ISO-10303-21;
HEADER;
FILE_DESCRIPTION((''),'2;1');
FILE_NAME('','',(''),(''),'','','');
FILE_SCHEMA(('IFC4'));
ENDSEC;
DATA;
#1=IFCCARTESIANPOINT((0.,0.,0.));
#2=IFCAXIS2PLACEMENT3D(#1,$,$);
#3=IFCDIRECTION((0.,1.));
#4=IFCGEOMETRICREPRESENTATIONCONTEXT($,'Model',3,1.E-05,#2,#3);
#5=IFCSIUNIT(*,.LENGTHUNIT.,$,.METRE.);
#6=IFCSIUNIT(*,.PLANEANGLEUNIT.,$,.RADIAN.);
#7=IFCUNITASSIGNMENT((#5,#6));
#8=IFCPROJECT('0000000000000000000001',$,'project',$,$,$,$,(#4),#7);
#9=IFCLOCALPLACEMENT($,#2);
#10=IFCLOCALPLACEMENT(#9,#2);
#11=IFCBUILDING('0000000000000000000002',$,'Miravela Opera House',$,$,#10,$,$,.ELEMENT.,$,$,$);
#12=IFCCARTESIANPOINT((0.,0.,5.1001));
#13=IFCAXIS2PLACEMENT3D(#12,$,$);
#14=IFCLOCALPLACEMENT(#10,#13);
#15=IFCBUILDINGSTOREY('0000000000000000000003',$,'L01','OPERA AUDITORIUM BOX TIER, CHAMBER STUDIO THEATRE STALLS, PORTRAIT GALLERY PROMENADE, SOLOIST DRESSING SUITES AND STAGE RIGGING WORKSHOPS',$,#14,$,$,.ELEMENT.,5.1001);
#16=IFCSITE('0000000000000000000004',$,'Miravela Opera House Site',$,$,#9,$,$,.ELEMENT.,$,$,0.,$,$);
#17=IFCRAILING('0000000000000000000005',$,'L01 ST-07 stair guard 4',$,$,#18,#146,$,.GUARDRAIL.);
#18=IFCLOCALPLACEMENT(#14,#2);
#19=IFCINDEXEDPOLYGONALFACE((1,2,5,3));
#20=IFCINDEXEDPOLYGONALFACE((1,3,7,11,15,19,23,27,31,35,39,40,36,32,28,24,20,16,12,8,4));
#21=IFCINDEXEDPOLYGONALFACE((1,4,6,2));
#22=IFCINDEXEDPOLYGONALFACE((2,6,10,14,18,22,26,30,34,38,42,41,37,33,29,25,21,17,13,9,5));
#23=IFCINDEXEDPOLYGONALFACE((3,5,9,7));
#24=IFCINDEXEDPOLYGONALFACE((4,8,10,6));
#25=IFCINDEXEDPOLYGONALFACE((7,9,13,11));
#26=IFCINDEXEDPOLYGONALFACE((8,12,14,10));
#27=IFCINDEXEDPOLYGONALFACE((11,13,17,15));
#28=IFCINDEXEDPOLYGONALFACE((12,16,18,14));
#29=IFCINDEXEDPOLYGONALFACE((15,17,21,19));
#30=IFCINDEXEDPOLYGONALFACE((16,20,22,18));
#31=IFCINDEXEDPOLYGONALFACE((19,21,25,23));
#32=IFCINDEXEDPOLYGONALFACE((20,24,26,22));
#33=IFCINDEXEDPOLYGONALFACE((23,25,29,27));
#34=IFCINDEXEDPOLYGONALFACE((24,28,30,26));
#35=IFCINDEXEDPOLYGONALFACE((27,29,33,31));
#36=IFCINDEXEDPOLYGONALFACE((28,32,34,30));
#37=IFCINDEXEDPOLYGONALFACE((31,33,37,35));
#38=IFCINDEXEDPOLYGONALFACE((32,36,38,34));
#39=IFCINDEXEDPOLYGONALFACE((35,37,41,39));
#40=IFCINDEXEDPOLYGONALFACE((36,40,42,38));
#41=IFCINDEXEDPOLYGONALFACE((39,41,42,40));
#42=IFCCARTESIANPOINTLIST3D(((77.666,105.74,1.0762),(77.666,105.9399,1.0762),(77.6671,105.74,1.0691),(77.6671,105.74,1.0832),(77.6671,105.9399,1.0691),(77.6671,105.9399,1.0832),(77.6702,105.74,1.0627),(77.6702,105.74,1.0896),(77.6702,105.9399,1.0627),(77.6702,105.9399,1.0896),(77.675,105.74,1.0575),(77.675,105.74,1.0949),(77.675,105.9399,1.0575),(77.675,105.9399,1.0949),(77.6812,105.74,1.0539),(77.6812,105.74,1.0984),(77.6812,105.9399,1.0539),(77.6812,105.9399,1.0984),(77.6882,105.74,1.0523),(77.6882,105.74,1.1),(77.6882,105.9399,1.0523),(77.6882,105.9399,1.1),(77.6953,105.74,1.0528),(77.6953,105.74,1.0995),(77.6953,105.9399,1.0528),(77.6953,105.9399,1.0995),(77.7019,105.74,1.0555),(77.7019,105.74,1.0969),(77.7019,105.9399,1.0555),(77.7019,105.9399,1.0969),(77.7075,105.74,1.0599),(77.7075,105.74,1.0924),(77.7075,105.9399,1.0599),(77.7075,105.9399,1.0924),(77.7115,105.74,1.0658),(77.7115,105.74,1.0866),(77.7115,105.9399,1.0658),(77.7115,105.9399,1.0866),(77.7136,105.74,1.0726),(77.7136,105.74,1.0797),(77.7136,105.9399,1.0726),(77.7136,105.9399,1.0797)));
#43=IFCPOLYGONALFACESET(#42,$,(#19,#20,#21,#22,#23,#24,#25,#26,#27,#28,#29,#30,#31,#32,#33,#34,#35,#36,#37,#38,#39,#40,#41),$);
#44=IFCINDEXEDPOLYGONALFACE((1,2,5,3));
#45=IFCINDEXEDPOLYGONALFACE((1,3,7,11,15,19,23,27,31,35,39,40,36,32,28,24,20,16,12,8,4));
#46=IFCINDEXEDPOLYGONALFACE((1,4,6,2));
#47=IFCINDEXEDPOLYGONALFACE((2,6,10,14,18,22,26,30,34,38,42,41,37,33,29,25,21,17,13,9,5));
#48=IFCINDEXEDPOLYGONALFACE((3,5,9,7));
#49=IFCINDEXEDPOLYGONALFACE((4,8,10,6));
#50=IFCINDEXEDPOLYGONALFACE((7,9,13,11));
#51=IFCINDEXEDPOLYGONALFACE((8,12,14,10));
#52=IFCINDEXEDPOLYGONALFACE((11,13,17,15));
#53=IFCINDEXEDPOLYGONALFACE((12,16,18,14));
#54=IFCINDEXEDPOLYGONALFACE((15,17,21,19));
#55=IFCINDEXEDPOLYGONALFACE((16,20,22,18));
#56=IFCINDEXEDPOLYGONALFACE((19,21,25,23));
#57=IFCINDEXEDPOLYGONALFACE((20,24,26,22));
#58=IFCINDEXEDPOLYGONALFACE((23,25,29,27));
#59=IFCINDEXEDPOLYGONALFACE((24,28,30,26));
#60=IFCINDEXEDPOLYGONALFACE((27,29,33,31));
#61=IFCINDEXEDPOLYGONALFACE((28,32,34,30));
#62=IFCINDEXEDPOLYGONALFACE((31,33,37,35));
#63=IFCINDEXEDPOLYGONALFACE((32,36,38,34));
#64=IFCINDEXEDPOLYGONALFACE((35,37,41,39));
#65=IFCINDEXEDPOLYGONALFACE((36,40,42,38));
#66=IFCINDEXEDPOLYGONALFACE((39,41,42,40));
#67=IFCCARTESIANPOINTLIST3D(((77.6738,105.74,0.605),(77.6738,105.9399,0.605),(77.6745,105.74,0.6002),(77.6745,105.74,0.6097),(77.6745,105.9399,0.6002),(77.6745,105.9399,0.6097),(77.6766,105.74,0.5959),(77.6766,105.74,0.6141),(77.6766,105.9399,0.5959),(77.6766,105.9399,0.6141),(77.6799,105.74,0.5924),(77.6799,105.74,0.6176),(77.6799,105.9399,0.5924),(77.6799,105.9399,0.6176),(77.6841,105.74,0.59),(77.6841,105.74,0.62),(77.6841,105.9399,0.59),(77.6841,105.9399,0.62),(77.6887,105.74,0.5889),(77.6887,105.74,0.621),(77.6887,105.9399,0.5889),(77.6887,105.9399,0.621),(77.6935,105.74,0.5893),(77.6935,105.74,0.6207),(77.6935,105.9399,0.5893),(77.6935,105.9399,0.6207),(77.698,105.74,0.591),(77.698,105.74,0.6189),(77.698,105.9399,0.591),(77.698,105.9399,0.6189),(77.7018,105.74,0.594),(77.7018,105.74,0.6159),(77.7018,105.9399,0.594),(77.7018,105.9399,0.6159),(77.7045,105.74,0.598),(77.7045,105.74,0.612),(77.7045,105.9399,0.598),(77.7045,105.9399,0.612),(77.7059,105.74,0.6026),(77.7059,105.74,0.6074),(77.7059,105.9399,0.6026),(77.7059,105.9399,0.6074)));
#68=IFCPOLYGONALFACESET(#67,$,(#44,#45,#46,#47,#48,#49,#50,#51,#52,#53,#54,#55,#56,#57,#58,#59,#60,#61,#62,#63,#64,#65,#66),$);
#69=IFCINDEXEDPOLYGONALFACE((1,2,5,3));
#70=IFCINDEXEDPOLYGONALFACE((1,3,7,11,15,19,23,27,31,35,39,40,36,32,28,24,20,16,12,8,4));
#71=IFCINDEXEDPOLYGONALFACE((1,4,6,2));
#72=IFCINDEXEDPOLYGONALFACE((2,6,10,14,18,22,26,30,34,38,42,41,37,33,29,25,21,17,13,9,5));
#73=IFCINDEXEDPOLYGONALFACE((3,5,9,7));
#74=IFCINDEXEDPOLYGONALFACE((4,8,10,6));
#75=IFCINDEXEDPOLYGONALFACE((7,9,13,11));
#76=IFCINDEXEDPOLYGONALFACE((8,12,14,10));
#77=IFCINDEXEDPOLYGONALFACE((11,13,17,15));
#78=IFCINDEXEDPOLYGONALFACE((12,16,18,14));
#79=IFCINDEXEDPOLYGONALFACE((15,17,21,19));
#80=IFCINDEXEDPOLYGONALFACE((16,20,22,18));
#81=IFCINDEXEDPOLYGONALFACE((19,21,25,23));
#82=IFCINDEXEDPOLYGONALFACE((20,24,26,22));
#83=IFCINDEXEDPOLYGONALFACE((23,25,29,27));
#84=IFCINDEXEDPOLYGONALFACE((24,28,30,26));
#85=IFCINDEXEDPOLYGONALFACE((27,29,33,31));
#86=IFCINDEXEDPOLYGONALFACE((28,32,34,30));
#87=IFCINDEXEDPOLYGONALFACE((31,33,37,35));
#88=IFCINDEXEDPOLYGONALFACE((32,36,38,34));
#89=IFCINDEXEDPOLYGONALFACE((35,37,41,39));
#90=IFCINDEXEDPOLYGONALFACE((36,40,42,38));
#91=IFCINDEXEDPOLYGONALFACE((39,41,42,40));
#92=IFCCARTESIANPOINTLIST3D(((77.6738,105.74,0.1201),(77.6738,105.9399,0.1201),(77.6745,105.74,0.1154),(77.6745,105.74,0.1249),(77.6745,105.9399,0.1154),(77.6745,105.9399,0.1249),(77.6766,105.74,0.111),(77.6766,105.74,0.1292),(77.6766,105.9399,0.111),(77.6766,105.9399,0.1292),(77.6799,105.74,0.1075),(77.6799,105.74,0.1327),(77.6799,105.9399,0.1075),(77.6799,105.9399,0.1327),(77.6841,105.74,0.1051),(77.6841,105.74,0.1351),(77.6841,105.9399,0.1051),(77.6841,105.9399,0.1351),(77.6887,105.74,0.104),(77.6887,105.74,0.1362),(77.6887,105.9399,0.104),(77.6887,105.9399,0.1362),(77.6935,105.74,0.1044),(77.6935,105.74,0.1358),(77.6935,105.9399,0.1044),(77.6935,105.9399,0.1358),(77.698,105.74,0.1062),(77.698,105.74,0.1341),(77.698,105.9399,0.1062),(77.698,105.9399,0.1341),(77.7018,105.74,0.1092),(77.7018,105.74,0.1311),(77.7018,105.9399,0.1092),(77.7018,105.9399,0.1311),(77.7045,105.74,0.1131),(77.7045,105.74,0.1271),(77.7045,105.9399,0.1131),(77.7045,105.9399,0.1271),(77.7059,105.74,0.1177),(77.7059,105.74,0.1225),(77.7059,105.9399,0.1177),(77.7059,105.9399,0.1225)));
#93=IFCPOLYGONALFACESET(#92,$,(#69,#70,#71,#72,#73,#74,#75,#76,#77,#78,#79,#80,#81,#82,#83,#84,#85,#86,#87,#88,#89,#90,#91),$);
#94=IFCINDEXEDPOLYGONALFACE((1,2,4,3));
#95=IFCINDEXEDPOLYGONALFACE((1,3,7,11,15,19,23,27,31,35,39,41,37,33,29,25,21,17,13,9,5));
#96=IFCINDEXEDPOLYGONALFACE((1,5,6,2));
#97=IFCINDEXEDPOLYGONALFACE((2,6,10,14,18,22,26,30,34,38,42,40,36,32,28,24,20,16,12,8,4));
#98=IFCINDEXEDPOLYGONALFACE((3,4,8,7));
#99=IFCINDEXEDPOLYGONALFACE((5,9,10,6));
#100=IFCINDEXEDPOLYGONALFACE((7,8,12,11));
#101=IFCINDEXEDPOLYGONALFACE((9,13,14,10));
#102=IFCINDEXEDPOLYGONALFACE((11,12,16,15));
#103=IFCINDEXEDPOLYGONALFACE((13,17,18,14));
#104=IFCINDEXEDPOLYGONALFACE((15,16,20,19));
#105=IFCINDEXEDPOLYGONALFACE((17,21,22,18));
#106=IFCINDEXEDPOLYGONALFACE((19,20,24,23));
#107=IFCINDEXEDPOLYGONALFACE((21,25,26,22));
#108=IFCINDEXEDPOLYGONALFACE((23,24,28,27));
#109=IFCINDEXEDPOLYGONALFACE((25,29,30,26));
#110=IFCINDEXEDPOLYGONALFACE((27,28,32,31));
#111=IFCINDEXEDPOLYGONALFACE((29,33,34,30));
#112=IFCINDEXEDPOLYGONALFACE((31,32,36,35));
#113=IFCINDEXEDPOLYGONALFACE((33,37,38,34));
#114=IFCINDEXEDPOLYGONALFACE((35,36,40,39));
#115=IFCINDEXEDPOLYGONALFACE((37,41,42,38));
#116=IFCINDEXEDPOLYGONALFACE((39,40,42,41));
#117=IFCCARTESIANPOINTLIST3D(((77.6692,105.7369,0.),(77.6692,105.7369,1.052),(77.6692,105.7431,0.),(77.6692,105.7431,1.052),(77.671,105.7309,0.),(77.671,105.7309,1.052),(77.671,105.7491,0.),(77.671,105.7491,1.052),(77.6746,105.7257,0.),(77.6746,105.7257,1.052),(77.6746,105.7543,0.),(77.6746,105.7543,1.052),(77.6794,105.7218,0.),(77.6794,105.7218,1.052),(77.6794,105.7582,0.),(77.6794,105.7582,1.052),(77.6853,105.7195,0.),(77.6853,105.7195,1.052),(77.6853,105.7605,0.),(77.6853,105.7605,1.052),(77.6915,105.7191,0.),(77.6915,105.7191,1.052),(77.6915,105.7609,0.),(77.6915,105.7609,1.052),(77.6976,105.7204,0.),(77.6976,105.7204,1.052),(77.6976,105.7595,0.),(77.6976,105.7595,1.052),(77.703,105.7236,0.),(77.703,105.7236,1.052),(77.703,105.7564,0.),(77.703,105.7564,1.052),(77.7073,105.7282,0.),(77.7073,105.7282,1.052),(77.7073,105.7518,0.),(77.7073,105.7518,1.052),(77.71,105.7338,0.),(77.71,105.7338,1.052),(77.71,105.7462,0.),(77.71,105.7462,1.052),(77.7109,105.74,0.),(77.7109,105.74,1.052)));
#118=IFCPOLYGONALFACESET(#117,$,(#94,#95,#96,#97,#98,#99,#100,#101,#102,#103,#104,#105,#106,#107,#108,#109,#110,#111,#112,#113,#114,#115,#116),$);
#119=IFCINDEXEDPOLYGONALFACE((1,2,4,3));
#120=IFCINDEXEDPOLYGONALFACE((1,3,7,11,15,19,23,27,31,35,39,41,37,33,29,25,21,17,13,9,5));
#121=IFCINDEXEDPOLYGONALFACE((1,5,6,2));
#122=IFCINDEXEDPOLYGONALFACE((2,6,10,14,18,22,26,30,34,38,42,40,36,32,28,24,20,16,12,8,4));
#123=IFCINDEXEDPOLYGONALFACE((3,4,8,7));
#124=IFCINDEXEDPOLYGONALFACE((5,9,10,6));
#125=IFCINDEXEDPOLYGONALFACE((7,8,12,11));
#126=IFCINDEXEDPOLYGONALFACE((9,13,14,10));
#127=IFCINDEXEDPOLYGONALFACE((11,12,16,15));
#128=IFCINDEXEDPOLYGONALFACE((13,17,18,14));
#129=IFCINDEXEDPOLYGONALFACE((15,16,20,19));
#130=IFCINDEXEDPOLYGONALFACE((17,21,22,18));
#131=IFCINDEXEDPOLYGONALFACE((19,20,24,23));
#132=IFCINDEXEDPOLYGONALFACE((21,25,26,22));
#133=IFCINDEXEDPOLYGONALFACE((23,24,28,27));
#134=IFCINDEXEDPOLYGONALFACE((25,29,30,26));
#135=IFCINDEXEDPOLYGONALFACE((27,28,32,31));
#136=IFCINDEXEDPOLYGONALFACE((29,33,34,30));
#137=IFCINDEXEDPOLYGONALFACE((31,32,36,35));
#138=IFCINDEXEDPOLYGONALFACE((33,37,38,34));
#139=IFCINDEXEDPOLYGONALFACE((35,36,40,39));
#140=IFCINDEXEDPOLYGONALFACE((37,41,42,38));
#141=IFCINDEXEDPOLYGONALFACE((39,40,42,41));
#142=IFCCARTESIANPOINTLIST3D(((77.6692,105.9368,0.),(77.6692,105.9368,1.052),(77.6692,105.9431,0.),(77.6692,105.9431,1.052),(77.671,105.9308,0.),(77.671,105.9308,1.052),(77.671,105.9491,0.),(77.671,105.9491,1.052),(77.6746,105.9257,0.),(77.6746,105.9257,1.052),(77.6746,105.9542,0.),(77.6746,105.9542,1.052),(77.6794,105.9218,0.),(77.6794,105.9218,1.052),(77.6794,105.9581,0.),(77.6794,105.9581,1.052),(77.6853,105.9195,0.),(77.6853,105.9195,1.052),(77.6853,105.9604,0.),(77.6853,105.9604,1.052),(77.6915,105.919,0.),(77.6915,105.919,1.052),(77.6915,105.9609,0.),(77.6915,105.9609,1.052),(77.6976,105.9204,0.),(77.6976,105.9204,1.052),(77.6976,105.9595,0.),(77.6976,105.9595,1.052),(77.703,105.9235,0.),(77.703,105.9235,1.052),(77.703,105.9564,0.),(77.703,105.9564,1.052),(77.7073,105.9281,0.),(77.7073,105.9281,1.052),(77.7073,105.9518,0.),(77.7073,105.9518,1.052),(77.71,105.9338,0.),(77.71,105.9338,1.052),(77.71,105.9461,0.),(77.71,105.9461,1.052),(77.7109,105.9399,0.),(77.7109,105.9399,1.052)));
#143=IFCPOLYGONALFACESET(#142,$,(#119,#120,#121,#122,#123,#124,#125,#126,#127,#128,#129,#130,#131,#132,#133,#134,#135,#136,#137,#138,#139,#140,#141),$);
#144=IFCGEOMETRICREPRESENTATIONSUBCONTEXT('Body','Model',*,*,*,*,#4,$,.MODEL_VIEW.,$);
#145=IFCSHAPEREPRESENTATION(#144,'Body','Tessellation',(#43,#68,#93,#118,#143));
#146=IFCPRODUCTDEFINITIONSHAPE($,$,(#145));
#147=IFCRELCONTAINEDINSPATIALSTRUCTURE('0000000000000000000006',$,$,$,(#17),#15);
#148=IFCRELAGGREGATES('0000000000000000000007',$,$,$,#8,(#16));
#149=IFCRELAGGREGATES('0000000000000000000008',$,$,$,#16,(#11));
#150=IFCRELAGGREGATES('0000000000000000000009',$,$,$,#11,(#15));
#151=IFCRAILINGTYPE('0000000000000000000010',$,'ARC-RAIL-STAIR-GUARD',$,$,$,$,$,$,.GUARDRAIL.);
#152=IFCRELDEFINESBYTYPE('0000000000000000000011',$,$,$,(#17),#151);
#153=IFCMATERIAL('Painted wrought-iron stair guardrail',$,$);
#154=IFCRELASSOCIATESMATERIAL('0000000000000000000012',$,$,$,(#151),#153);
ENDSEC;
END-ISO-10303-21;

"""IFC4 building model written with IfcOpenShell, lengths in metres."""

from ifc_helpers import new_model, si_unit, direction, frame, origin, origin_2d, place, context, subcontext, project, spatial, circle, extrude, material, type_object, element, save


model = new_model("IFC4")

# Units and contexts
model_context = context("Model", 3, precision=1e-05, world=origin(), true_north=direction((0.0, 1.0)))
body_context = subcontext(model_context, "Body", "Model", "MODEL_VIEW")
ifc_project = project(units=[si_unit("LENGTHUNIT", "METRE"), si_unit("PLANEANGLEUNIT", "RADIAN")], contexts=[model_context])

# Site, building, storey
site_placement = place(None, origin())
site = spatial("IfcSite", under=ifc_project, at=site_placement, Name="Miravela Opera House Site", CompositionType="ELEMENT", RefElevation=0.0)
building_placement = place(site_placement, origin())
building = spatial("IfcBuilding", under=site, at=building_placement, Name="Miravela Opera House", CompositionType="ELEMENT")
storey_placement = place(building_placement, frame((0.0, 0.0, 5.1001)))
storey = spatial("IfcBuildingStorey", under=building, at=storey_placement, Name="L01", Description="OPERA AUDITORIUM BOX TIER, CHAMBER STUDIO THEATRE STALLS, PORTRAIT GALLERY PROMENADE, SOLOIST DRESSING SUITES AND STAGE RIGGING WORKSHOPS", CompositionType="ELEMENT", Elevation=5.1001)

# Railing
ifc_material_1 = material(Name="Painted wrought-iron stair guardrail")
railing_type_1 = type_object("IfcRailingType", Name="ARC-RAIL-STAIR-GUARD", PredefinedType="GUARDRAIL", material=ifc_material_1)
railing_1_placement = place(storey_placement, frame((77.6899, 105.74, 0.0)))
element("IfcRailing", 1, at=railing_1_placement, inside=storey, type_object=railing_type_1, Name="L01 ST-07 stair guard 4", PredefinedType="GUARDRAIL", context=body_context, shape_type="SweptSolid", body=[
    extrude(circle(Radius=0.0239, at=origin_2d()), frame((0.0, 0.0, 1.0762), z_axis=(0.0, 1.0, 0.0), x_axis=(-1.0, 0.0, 0.0)), (0.0, 0.0, 1.0), 0.2),
    extrude(circle(Radius=0.0161, at=origin_2d()), frame((0.0, 0.0, 0.605), z_axis=(0.0, 1.0, 0.0), x_axis=(-1.0, 0.0, 0.0)), (0.0, 0.0, 1.0), 0.2),
    extrude(circle(Radius=0.0161, at=origin_2d()), frame((0.0, 0.0, 0.1201), z_axis=(0.0, 1.0, 0.0), x_axis=(-1.0, 0.0, 0.0)), (0.0, 0.0, 1.0), 0.2),
    extrude(circle(Radius=0.021, at=origin_2d()), origin(), (0.0, 0.0, 1.0), 1.052),
    extrude(circle(Radius=0.021, at=origin_2d()), frame((0.0, 0.2, 0.0)), (0.0, 0.0, 1.0), 1.052),
])

save(model, "model.ifc")
